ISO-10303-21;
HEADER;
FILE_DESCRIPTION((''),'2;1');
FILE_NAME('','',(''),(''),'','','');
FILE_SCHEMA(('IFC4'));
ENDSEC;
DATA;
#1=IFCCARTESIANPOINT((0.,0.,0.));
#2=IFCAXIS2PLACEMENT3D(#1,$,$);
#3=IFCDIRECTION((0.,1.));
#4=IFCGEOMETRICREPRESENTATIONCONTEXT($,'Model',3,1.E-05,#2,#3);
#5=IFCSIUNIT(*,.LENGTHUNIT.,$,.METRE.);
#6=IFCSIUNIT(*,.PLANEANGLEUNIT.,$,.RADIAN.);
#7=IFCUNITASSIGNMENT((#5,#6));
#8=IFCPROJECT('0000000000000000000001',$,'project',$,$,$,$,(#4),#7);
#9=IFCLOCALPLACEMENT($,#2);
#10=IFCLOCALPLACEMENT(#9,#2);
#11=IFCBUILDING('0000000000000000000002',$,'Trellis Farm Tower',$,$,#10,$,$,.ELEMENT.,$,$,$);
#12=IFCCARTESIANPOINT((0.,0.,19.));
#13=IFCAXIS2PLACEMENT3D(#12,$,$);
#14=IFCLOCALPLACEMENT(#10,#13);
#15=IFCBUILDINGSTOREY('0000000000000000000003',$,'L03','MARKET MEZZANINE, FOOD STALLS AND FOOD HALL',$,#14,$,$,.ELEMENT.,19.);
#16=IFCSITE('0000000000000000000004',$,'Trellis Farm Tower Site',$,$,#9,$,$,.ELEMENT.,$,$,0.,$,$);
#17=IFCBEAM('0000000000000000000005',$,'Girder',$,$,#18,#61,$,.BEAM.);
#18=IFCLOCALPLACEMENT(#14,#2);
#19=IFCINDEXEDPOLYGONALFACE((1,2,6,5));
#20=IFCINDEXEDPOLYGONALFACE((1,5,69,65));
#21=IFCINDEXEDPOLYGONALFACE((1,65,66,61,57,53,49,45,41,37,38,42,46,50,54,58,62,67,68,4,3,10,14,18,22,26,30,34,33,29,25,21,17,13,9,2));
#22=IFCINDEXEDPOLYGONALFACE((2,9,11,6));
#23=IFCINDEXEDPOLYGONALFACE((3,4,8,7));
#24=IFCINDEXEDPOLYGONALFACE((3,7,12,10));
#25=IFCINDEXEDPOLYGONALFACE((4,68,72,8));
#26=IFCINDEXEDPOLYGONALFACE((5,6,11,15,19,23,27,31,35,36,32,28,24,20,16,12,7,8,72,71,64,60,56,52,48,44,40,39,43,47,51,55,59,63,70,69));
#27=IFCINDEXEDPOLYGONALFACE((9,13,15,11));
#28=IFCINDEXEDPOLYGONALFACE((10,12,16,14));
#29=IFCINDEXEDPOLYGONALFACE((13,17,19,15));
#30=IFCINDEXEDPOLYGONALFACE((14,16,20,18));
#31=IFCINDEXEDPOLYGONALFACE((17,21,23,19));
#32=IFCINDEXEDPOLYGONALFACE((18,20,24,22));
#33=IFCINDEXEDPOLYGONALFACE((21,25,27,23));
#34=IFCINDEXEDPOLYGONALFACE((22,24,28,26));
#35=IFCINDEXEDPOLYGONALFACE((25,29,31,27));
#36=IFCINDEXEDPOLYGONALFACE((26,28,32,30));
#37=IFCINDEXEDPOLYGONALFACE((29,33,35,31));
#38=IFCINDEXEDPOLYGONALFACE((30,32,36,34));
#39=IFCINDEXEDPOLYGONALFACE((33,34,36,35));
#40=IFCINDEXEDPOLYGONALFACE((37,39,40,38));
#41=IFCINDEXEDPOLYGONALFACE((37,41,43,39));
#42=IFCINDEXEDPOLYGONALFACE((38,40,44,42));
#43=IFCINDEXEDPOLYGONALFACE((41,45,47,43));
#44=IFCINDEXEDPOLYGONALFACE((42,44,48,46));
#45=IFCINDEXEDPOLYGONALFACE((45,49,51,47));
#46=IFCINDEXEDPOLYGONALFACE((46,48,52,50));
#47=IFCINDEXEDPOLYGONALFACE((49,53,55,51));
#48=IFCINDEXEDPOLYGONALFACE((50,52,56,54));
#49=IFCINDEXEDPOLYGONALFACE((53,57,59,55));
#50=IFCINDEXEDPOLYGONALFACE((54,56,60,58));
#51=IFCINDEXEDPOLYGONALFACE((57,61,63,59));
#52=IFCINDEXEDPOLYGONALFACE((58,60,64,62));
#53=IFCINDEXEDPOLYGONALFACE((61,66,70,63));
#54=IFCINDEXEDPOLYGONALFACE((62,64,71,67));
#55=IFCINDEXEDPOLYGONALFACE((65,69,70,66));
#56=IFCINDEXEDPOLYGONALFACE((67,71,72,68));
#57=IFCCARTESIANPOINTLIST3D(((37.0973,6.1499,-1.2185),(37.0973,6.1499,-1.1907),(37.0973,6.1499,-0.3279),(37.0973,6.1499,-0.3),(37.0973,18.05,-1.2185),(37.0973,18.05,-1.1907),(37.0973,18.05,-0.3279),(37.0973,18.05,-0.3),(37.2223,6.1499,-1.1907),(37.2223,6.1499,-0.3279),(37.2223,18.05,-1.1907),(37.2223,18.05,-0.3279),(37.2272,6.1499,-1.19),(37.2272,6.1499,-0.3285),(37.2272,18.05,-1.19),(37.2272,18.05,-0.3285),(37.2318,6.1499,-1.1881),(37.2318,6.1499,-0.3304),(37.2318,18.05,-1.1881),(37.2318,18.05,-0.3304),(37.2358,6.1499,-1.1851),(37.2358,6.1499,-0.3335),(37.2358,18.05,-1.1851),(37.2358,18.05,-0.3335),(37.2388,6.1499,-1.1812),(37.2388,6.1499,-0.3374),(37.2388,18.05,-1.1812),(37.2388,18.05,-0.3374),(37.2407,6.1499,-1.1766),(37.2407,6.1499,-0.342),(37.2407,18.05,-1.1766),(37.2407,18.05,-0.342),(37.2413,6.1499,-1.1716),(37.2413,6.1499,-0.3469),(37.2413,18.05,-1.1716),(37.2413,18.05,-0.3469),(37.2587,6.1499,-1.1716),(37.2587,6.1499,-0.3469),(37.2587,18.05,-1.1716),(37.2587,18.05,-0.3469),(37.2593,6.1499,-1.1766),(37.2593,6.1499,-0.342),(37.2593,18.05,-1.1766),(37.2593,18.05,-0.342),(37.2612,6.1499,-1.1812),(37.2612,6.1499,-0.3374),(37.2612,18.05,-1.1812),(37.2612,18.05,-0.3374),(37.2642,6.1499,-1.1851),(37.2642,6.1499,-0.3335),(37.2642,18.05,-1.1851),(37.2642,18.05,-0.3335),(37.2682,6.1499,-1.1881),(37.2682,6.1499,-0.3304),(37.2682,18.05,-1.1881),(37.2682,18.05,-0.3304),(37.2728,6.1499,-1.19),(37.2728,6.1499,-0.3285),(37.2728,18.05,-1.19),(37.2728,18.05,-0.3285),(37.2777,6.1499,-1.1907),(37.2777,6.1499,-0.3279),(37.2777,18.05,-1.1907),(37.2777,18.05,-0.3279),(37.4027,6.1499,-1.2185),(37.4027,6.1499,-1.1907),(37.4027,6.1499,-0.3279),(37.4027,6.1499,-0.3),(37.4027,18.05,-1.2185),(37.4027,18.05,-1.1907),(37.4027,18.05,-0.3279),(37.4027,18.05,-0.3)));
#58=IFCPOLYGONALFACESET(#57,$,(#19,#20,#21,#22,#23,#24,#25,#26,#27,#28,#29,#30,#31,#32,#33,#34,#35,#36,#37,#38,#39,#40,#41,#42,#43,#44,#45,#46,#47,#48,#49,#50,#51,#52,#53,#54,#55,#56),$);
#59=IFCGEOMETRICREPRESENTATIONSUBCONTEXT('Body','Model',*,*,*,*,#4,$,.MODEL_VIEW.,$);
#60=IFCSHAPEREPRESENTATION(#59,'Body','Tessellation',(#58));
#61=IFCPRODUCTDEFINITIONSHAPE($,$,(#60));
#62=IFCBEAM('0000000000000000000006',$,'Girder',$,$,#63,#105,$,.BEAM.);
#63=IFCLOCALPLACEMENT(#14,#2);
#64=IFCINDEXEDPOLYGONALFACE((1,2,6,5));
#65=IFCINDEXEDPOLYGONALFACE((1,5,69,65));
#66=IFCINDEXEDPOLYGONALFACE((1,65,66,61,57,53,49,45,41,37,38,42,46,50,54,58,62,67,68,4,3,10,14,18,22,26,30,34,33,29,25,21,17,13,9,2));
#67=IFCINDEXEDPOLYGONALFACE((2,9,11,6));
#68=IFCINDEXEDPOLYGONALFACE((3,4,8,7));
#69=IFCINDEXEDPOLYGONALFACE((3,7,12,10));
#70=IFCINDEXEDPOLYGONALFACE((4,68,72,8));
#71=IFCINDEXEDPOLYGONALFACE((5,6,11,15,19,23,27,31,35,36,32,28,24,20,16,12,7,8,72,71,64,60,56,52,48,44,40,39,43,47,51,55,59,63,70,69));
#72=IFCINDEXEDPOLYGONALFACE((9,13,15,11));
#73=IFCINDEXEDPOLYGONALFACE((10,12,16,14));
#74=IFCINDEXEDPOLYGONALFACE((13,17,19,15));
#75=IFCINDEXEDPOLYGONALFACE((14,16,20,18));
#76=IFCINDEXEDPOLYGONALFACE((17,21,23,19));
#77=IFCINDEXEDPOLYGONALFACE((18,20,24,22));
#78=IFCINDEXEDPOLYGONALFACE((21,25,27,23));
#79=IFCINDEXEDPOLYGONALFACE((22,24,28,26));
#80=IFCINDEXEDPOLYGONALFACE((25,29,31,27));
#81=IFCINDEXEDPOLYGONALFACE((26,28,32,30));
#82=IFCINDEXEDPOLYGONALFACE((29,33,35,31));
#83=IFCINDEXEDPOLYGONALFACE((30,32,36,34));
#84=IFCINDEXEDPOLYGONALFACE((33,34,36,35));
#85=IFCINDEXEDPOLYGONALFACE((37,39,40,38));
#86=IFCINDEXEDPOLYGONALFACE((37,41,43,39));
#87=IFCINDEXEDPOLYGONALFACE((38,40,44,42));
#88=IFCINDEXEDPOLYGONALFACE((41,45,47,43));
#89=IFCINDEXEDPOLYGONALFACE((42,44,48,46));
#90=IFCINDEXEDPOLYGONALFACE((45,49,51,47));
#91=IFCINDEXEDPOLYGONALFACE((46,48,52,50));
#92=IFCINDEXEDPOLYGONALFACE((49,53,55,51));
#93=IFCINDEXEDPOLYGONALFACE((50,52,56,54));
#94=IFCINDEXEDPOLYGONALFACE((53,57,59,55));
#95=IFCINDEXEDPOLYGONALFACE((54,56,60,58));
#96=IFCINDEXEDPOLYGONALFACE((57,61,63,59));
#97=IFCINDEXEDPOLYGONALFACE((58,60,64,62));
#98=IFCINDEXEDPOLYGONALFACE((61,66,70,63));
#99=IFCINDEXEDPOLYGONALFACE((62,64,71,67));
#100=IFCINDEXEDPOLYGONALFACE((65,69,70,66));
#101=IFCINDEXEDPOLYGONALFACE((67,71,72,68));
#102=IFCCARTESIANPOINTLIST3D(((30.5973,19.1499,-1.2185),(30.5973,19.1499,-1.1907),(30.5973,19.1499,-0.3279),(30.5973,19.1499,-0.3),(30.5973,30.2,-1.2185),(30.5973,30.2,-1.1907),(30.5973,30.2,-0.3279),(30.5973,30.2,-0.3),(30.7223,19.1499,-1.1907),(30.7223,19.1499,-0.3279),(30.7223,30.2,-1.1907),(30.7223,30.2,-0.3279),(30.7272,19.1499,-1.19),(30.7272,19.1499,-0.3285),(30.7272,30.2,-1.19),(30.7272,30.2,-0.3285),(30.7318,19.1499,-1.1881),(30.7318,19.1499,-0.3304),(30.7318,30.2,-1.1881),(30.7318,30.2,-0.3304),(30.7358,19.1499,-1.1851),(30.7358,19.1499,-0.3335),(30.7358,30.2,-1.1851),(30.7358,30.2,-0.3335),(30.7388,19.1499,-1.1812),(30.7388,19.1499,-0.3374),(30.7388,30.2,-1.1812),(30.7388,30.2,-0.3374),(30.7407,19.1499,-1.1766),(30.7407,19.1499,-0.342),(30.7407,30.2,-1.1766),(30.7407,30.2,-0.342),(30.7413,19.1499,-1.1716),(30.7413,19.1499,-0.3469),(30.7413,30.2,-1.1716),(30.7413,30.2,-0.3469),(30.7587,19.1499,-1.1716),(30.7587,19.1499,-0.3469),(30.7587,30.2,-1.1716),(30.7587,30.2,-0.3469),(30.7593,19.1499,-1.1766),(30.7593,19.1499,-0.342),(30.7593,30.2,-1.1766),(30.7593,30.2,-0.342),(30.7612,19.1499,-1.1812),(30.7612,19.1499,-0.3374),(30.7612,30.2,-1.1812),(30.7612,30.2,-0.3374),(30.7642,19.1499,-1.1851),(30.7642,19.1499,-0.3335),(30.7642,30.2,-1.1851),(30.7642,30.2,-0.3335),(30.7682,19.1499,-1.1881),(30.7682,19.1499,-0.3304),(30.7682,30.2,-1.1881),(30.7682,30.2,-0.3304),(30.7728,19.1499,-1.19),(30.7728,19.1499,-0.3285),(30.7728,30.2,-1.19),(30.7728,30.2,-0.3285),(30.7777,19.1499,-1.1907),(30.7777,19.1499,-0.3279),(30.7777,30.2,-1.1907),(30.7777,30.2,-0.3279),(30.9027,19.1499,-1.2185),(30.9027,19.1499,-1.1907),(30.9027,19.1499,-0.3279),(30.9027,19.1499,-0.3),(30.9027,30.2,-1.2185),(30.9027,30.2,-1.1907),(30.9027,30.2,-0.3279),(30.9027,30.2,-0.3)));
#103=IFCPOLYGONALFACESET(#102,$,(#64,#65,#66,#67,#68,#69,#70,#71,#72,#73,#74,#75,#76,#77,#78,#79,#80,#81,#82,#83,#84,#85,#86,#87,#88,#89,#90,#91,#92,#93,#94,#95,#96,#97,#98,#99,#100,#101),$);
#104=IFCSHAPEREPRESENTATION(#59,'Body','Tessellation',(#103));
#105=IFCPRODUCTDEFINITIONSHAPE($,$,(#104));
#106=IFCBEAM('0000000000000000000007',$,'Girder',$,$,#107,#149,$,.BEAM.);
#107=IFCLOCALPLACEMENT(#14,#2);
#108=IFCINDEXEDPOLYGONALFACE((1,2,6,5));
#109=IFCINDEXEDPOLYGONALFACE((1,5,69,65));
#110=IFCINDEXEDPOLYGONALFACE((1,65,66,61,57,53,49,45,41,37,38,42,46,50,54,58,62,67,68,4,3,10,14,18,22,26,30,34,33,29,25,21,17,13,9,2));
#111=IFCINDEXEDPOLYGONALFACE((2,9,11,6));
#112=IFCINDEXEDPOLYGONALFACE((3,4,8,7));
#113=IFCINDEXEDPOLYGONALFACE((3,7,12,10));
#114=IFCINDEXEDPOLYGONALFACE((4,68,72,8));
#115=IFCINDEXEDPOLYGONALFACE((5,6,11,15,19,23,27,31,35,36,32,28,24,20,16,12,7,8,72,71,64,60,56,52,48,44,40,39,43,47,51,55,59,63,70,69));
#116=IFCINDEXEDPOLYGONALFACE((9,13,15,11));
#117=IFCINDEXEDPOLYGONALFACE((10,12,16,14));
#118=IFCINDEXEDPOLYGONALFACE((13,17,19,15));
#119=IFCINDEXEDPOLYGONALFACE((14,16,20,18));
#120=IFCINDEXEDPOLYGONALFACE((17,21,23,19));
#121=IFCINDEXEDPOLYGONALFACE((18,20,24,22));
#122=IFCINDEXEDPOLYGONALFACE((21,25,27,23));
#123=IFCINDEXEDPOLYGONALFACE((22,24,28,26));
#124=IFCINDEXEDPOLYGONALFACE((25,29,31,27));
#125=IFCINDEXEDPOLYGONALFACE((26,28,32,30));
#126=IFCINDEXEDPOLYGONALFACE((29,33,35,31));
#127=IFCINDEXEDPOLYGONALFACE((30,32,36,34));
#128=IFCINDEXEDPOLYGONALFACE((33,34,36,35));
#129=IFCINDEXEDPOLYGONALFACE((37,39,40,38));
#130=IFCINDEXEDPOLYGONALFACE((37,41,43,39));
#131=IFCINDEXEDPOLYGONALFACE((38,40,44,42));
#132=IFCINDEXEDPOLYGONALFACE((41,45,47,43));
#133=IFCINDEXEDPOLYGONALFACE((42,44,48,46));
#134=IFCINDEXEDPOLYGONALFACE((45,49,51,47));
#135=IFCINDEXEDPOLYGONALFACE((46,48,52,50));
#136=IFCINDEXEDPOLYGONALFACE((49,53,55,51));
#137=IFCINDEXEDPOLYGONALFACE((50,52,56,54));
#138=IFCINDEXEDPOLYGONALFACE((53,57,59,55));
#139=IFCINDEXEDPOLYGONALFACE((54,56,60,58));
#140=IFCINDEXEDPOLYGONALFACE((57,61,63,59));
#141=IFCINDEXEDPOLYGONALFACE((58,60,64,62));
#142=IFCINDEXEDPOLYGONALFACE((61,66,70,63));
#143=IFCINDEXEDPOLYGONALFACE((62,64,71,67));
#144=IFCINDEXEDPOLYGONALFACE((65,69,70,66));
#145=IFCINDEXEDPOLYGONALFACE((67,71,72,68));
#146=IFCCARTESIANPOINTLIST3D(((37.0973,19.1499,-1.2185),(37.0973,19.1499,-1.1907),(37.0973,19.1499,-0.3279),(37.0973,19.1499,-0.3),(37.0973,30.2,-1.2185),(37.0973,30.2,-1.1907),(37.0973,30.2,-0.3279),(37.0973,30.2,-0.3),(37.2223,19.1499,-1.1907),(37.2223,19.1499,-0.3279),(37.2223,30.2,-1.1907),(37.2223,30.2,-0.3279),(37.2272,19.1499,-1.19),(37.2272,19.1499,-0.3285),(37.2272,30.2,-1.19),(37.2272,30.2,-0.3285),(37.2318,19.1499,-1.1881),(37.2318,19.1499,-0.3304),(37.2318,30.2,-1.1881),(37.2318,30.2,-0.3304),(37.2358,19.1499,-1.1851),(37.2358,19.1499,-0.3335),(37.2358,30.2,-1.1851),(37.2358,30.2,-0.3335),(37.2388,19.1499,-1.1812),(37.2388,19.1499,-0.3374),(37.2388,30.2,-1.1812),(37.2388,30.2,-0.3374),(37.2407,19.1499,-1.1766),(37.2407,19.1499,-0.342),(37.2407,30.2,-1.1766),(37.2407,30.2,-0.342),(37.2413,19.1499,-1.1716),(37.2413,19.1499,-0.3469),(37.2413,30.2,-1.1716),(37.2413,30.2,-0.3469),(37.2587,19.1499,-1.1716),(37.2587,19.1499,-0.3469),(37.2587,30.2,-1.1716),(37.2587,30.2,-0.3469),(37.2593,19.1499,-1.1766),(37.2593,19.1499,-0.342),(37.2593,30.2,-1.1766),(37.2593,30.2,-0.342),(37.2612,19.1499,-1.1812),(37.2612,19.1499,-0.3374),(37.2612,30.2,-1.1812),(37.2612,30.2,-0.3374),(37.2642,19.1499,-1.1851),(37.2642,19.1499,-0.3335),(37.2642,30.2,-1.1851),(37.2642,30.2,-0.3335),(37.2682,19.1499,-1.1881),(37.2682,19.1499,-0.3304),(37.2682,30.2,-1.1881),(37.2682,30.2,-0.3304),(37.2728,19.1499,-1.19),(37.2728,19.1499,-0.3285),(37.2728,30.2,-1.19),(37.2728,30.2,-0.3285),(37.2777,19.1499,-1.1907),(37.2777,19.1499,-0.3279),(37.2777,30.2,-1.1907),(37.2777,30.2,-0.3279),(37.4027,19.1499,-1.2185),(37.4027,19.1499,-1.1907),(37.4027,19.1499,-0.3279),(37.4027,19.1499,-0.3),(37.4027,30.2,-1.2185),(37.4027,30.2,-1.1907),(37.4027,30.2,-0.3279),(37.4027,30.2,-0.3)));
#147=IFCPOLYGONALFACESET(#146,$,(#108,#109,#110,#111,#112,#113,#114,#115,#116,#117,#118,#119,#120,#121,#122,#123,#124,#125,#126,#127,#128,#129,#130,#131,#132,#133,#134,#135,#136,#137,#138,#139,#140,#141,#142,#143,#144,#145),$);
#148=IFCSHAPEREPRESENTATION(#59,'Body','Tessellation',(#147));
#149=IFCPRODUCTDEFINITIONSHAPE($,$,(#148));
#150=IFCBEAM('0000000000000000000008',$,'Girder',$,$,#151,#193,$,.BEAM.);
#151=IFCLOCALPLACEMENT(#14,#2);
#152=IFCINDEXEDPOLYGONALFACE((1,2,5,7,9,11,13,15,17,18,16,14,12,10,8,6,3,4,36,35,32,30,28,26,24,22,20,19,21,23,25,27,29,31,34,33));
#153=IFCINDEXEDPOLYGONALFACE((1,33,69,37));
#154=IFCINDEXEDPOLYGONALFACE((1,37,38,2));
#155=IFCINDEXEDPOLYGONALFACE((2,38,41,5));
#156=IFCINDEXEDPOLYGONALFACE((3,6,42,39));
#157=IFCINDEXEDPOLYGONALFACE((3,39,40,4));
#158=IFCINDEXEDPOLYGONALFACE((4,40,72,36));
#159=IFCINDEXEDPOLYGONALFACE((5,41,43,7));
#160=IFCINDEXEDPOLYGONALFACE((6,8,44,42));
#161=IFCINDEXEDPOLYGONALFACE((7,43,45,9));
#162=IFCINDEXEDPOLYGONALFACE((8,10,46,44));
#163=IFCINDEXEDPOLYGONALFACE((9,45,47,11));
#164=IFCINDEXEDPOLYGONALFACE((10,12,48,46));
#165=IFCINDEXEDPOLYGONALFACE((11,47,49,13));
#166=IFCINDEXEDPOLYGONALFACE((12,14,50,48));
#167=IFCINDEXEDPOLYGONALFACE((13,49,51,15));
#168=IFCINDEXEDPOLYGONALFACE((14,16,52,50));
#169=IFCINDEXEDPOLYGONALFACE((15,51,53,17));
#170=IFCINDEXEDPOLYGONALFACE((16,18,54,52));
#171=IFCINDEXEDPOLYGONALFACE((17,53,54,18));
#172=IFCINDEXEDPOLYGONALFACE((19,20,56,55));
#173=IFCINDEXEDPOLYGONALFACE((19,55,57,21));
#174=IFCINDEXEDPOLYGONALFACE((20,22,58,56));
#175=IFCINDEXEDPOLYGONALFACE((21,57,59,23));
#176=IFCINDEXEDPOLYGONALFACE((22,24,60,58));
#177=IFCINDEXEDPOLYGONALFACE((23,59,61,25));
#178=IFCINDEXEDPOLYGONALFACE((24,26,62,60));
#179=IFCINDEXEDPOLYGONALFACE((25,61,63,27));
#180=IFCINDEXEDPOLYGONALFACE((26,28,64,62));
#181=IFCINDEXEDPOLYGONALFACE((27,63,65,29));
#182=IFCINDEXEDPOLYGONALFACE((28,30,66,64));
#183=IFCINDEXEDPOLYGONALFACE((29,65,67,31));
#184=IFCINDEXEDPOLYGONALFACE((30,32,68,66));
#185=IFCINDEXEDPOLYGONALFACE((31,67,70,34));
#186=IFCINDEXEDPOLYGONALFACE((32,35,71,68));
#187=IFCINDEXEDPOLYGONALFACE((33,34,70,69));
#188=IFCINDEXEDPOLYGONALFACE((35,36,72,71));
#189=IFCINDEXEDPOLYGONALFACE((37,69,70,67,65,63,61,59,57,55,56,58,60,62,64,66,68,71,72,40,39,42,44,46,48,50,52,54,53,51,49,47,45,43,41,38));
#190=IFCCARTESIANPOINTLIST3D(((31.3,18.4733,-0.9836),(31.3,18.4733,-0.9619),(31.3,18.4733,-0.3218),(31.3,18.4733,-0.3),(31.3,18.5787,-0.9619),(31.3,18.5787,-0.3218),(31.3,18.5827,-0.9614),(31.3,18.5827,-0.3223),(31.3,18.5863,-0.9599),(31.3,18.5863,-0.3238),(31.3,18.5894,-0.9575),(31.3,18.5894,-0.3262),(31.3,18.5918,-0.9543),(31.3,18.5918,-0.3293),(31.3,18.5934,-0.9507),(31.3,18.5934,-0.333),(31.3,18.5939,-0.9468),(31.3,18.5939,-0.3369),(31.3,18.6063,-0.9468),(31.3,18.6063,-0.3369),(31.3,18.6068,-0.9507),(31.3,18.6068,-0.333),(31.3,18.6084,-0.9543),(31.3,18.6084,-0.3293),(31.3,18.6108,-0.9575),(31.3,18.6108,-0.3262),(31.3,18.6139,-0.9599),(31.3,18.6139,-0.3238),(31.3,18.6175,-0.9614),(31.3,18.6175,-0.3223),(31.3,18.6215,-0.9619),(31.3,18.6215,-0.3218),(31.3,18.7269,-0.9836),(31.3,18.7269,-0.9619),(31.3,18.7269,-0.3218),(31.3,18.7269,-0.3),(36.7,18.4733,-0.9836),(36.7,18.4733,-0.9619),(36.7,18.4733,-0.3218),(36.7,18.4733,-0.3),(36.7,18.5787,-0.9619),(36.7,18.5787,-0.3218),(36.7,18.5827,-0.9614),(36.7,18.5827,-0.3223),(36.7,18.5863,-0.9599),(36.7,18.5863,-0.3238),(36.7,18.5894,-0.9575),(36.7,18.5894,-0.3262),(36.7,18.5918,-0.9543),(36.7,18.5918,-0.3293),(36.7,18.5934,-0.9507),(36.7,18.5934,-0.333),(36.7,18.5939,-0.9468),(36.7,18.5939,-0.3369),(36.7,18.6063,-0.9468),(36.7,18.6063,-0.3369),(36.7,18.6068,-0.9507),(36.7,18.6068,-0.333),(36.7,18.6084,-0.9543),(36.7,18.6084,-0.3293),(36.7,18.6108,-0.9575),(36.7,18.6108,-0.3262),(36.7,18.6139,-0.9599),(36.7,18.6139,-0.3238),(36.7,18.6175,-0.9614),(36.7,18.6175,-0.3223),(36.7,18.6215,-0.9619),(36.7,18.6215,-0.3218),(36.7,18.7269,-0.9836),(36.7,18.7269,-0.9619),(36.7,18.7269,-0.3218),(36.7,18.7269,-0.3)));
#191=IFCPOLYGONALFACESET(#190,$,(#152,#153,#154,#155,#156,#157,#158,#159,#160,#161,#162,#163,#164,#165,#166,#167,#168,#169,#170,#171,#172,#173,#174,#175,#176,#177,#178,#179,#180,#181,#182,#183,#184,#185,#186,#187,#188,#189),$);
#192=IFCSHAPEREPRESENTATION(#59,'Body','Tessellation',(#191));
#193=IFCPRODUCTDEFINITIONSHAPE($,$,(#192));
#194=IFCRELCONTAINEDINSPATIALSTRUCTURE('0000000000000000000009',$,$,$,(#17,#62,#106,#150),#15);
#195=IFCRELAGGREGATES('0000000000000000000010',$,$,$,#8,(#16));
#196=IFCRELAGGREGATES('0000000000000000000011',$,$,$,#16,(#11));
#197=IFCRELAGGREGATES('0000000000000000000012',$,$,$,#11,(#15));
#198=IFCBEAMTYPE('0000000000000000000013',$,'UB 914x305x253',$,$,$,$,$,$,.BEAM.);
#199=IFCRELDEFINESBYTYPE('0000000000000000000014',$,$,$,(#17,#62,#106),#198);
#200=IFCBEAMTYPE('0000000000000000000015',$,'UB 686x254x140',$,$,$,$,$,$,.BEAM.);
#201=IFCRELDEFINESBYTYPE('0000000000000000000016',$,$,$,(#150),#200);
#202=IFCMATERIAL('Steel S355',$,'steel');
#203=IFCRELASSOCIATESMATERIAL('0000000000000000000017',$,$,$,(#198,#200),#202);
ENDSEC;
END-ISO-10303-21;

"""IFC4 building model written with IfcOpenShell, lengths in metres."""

from ifc_helpers import new_model, si_unit, direction, frame, origin, origin_2d, place, context, subcontext, project, spatial, i_section, extrude, source, transform, mapped, material, material_profile, profile_set, type_object, element, save


model = new_model("IFC4")

# Units and contexts
model_context = context("Model", 3, precision=1e-05, world=origin(), true_north=direction((0.0, 1.0)))
body_context = subcontext(model_context, "Body", "Model", "MODEL_VIEW")
ifc_project = project(units=[si_unit("LENGTHUNIT", "METRE"), si_unit("PLANEANGLEUNIT", "RADIAN")], contexts=[model_context])

# Site, building, storey
site_placement = place(None, origin())
site = spatial("IfcSite", under=ifc_project, at=site_placement, Name="Trellis Farm Tower Site", CompositionType="ELEMENT", RefElevation=0.0)
building_placement = place(site_placement, origin())
building = spatial("IfcBuilding", under=site, at=building_placement, Name="Trellis Farm Tower", CompositionType="ELEMENT")
storey_placement = place(building_placement, frame((0.0, 0.0, 19.0)))
storey = spatial("IfcBuildingStorey", under=building, at=storey_placement, Name="L03", Description="MARKET MEZZANINE, FOOD STALLS AND FOOD HALL", CompositionType="ELEMENT", Elevation=19.0)

# Beams
ifc_material_1 = material(Name="Steel S355", Category="steel")
ifc_material_profile_1 = material_profile(ifc_material_1, i_section(OverallWidth=0.3054, OverallDepth=0.9185, WebThickness=0.0173, FlangeThickness=0.0278, FilletRadius=0.019, at=origin_2d()), Name="UB 914x305x253")
ifc_profile_set_1 = profile_set([ifc_material_profile_1], Name="Steel S355")
beam_type_1 = type_object("IfcBeamType", Name="UB 914x305x253", PredefinedType="BEAM", material=ifc_profile_set_1)
shared_shape_1 = source(origin(), body_context, "Body", "SweptSolid", [
    extrude(i_section(OverallWidth=0.3054, OverallDepth=0.9185, WebThickness=0.0173, FlangeThickness=0.0278, FilletRadius=0.019, at=origin_2d()), origin(), (0.0, 0.0, 1.0), 11.9001),
])
beam_1_placement = place(storey_placement, frame((37.25, 6.1499, -0.7593), z_axis=(0.0, 1.0, 0.0), x_axis=(-1.0, 0.0, 0.0)))
element("IfcBeam", 1, at=beam_1_placement, inside=storey, type_object=beam_type_1, Name="Girder", PredefinedType="BEAM", context=body_context, shape_type="MappedRepresentation", body=[
    mapped(shared_shape_1, transform((0.0, 0.0, 0.0))),
])
shared_shape_2 = source(origin(), body_context, "Body", "SweptSolid", [
    extrude(i_section(OverallWidth=0.3054, OverallDepth=0.9185, WebThickness=0.0173, FlangeThickness=0.0278, FilletRadius=0.019, at=origin_2d()), origin(), (0.0, 0.0, 1.0), 11.05),
])
for number, where, z_axis, x_axis, name in (
    (2, (30.75, 19.1499, -0.7593), (0.0, 1.0, 0.0), (-1.0, 0.0, 0.0), "Girder"),
    (3, (37.25, 19.1499, -0.7593), (0.0, 1.0, 0.0), (-1.0, 0.0, 0.0), "Girder"),
):
    element("IfcBeam", number, at=place(storey_placement, frame(where, z_axis=z_axis, x_axis=x_axis)), inside=storey, type_object=beam_type_1, Name=name, PredefinedType="BEAM", context=body_context, shape_type="MappedRepresentation", body=[
        mapped(shared_shape_2, transform((0.0, 0.0, 0.0))),
    ])
ifc_material_profile_2 = material_profile(ifc_material_1, i_section(OverallWidth=0.2537, OverallDepth=0.6836, WebThickness=0.0125, FlangeThickness=0.0217, FilletRadius=0.0151, at=origin_2d()), Name="UB 686x254x140")
ifc_profile_set_2 = profile_set([ifc_material_profile_2], Name="Steel S355")
beam_type_2 = type_object("IfcBeamType", Name="UB 686x254x140", PredefinedType="BEAM", material=ifc_profile_set_2)
shared_shape_3 = source(origin(), body_context, "Body", "SweptSolid", [
    extrude(i_section(OverallWidth=0.2537, OverallDepth=0.6836, WebThickness=0.0125, FlangeThickness=0.0217, FilletRadius=0.0151, at=origin_2d()), origin(), (0.0, 0.0, 1.0), 5.3999),
])
beam_2_placement = place(storey_placement, frame((31.3, 18.6001, -0.6418), z_axis=(1.0, 0.0, 0.0), x_axis=(0.0, 1.0, 0.0)))
element("IfcBeam", 4, at=beam_2_placement, inside=storey, type_object=beam_type_2, Name="Girder", PredefinedType="BEAM", context=body_context, shape_type="MappedRepresentation", body=[
    mapped(shared_shape_3, transform((0.0, 0.0, 0.0))),
])

save(model, "model.ifc")
